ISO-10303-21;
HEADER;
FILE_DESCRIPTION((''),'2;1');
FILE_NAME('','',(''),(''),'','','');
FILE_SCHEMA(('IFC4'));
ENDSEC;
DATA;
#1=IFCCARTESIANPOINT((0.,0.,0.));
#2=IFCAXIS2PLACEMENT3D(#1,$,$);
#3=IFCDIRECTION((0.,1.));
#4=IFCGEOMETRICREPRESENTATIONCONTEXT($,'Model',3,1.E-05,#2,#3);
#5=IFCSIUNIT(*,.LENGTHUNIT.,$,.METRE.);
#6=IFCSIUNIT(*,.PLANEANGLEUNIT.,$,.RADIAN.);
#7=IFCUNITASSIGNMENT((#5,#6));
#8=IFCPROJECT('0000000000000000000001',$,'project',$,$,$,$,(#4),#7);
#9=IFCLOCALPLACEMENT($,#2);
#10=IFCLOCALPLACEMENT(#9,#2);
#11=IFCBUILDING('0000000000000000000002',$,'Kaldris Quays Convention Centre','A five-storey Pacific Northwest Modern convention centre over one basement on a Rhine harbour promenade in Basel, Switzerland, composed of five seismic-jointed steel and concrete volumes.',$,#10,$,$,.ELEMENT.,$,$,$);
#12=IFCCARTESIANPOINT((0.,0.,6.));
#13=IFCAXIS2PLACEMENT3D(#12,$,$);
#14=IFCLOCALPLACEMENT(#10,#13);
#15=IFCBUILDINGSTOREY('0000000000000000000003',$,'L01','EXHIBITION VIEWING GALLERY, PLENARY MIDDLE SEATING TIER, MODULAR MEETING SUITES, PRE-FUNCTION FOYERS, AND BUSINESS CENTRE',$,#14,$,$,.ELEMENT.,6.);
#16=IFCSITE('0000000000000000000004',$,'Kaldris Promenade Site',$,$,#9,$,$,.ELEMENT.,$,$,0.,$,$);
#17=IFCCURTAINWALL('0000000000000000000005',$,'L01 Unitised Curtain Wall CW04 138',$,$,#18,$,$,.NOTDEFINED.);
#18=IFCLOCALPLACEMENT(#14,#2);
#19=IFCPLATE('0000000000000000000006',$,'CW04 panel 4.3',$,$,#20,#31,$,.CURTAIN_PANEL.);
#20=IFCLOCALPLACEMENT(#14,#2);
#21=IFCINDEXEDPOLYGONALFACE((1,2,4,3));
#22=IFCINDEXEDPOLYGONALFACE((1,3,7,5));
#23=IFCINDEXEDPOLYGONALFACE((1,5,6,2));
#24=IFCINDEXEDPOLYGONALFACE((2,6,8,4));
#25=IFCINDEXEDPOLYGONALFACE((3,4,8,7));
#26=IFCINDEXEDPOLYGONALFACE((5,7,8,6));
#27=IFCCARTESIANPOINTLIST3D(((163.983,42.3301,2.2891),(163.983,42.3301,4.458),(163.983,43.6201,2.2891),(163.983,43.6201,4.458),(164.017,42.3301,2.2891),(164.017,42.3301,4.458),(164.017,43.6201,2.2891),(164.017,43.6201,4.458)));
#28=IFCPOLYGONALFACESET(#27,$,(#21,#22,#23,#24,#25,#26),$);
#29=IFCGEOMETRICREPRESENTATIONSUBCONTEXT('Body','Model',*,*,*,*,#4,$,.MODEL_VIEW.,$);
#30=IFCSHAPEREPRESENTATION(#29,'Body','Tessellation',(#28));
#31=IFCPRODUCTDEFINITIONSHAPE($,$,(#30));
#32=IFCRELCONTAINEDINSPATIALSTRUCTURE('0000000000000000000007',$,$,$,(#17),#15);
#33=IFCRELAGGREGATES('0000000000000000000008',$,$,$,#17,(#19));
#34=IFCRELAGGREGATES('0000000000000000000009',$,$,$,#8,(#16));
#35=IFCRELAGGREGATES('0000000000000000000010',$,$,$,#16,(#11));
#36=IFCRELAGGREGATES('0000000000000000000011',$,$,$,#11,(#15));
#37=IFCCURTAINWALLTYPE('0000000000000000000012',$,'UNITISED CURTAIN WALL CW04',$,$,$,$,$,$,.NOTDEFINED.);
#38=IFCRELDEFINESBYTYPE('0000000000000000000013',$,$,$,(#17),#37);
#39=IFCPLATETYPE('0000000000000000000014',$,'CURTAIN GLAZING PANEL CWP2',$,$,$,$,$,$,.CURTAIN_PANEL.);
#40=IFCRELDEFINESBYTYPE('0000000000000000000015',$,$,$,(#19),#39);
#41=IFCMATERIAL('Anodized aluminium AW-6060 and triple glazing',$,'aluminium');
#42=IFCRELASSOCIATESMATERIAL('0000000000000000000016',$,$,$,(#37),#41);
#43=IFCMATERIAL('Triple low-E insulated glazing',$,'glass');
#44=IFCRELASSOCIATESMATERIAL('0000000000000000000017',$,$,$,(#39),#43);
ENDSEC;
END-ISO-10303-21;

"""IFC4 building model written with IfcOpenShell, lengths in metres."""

from ifc_helpers import new_model, si_unit, direction, frame, origin, origin_2d, place, context, subcontext, project, spatial, rectangle, extrude, material, type_object, element, aggregate, save


model = new_model("IFC4")

# Units and contexts
model_context = context("Model", 3, precision=1e-05, world=origin(), true_north=direction((0.0, 1.0)))
body_context = subcontext(model_context, "Body", "Model", "MODEL_VIEW")
ifc_project = project(units=[si_unit("LENGTHUNIT", "METRE"), si_unit("PLANEANGLEUNIT", "RADIAN")], contexts=[model_context])

# Site, building, storey
site_placement = place(None, origin())
site = spatial("IfcSite", under=ifc_project, at=site_placement, Name="Kaldris Promenade Site", CompositionType="ELEMENT", RefElevation=0.0)
building_placement = place(site_placement, origin())
building = spatial("IfcBuilding", under=site, at=building_placement, Name="Kaldris Quays Convention Centre", Description="A five-storey Pacific Northwest Modern convention centre over one basement on a Rhine harbour promenade in Basel, Switzerland, composed of five seismic-jointed steel and concrete volumes.", CompositionType="ELEMENT")
storey_placement = place(building_placement, frame((0.0, 0.0, 6.0)))
storey = spatial("IfcBuildingStorey", under=building, at=storey_placement, Name="L01", Description="EXHIBITION VIEWING GALLERY, PLENARY MIDDLE SEATING TIER, MODULAR MEETING SUITES, PRE-FUNCTION FOYERS, AND BUSINESS CENTRE", CompositionType="ELEMENT", Elevation=6.0)

# Curtain wall, plate
ifc_material_1 = material(Name="Anodized aluminium AW-6060 and triple glazing", Category="aluminium")
curtain_wall_type = type_object("IfcCurtainWallType", Name="UNITISED CURTAIN WALL CW04", PredefinedType="NOTDEFINED", material=ifc_material_1)
curtain_wall_placement = place(storey_placement, origin())
curtain_wall = element("IfcCurtainWall", 1, at=curtain_wall_placement, inside=storey, type_object=curtain_wall_type, Name="L01 Unitised Curtain Wall CW04 138", PredefinedType="NOTDEFINED")
ifc_material_2 = material(Name="Triple low-E insulated glazing", Category="glass")
plate_type = type_object("IfcPlateType", Name="CURTAIN GLAZING PANEL CWP2", PredefinedType="CURTAIN_PANEL", material=ifc_material_2)
plate_1_placement = place(storey_placement, frame((164.0, 42.9751, 2.2891), z_axis=(0.0, 0.0, 1.0), x_axis=(0.0, 1.0, 0.0)))
plate_1 = element("IfcPlate", 2, at=plate_1_placement, type_object=plate_type, Name="CW04 panel 4.3", PredefinedType="CURTAIN_PANEL", context=body_context, shape_type="SweptSolid", body=[
    extrude(rectangle(XDim=1.29, YDim=0.0339, at=origin_2d()), origin(), (0.0, 0.0, 1.0), 2.1689),
])
aggregate(curtain_wall, [plate_1])

save(model, "model.ifc")
